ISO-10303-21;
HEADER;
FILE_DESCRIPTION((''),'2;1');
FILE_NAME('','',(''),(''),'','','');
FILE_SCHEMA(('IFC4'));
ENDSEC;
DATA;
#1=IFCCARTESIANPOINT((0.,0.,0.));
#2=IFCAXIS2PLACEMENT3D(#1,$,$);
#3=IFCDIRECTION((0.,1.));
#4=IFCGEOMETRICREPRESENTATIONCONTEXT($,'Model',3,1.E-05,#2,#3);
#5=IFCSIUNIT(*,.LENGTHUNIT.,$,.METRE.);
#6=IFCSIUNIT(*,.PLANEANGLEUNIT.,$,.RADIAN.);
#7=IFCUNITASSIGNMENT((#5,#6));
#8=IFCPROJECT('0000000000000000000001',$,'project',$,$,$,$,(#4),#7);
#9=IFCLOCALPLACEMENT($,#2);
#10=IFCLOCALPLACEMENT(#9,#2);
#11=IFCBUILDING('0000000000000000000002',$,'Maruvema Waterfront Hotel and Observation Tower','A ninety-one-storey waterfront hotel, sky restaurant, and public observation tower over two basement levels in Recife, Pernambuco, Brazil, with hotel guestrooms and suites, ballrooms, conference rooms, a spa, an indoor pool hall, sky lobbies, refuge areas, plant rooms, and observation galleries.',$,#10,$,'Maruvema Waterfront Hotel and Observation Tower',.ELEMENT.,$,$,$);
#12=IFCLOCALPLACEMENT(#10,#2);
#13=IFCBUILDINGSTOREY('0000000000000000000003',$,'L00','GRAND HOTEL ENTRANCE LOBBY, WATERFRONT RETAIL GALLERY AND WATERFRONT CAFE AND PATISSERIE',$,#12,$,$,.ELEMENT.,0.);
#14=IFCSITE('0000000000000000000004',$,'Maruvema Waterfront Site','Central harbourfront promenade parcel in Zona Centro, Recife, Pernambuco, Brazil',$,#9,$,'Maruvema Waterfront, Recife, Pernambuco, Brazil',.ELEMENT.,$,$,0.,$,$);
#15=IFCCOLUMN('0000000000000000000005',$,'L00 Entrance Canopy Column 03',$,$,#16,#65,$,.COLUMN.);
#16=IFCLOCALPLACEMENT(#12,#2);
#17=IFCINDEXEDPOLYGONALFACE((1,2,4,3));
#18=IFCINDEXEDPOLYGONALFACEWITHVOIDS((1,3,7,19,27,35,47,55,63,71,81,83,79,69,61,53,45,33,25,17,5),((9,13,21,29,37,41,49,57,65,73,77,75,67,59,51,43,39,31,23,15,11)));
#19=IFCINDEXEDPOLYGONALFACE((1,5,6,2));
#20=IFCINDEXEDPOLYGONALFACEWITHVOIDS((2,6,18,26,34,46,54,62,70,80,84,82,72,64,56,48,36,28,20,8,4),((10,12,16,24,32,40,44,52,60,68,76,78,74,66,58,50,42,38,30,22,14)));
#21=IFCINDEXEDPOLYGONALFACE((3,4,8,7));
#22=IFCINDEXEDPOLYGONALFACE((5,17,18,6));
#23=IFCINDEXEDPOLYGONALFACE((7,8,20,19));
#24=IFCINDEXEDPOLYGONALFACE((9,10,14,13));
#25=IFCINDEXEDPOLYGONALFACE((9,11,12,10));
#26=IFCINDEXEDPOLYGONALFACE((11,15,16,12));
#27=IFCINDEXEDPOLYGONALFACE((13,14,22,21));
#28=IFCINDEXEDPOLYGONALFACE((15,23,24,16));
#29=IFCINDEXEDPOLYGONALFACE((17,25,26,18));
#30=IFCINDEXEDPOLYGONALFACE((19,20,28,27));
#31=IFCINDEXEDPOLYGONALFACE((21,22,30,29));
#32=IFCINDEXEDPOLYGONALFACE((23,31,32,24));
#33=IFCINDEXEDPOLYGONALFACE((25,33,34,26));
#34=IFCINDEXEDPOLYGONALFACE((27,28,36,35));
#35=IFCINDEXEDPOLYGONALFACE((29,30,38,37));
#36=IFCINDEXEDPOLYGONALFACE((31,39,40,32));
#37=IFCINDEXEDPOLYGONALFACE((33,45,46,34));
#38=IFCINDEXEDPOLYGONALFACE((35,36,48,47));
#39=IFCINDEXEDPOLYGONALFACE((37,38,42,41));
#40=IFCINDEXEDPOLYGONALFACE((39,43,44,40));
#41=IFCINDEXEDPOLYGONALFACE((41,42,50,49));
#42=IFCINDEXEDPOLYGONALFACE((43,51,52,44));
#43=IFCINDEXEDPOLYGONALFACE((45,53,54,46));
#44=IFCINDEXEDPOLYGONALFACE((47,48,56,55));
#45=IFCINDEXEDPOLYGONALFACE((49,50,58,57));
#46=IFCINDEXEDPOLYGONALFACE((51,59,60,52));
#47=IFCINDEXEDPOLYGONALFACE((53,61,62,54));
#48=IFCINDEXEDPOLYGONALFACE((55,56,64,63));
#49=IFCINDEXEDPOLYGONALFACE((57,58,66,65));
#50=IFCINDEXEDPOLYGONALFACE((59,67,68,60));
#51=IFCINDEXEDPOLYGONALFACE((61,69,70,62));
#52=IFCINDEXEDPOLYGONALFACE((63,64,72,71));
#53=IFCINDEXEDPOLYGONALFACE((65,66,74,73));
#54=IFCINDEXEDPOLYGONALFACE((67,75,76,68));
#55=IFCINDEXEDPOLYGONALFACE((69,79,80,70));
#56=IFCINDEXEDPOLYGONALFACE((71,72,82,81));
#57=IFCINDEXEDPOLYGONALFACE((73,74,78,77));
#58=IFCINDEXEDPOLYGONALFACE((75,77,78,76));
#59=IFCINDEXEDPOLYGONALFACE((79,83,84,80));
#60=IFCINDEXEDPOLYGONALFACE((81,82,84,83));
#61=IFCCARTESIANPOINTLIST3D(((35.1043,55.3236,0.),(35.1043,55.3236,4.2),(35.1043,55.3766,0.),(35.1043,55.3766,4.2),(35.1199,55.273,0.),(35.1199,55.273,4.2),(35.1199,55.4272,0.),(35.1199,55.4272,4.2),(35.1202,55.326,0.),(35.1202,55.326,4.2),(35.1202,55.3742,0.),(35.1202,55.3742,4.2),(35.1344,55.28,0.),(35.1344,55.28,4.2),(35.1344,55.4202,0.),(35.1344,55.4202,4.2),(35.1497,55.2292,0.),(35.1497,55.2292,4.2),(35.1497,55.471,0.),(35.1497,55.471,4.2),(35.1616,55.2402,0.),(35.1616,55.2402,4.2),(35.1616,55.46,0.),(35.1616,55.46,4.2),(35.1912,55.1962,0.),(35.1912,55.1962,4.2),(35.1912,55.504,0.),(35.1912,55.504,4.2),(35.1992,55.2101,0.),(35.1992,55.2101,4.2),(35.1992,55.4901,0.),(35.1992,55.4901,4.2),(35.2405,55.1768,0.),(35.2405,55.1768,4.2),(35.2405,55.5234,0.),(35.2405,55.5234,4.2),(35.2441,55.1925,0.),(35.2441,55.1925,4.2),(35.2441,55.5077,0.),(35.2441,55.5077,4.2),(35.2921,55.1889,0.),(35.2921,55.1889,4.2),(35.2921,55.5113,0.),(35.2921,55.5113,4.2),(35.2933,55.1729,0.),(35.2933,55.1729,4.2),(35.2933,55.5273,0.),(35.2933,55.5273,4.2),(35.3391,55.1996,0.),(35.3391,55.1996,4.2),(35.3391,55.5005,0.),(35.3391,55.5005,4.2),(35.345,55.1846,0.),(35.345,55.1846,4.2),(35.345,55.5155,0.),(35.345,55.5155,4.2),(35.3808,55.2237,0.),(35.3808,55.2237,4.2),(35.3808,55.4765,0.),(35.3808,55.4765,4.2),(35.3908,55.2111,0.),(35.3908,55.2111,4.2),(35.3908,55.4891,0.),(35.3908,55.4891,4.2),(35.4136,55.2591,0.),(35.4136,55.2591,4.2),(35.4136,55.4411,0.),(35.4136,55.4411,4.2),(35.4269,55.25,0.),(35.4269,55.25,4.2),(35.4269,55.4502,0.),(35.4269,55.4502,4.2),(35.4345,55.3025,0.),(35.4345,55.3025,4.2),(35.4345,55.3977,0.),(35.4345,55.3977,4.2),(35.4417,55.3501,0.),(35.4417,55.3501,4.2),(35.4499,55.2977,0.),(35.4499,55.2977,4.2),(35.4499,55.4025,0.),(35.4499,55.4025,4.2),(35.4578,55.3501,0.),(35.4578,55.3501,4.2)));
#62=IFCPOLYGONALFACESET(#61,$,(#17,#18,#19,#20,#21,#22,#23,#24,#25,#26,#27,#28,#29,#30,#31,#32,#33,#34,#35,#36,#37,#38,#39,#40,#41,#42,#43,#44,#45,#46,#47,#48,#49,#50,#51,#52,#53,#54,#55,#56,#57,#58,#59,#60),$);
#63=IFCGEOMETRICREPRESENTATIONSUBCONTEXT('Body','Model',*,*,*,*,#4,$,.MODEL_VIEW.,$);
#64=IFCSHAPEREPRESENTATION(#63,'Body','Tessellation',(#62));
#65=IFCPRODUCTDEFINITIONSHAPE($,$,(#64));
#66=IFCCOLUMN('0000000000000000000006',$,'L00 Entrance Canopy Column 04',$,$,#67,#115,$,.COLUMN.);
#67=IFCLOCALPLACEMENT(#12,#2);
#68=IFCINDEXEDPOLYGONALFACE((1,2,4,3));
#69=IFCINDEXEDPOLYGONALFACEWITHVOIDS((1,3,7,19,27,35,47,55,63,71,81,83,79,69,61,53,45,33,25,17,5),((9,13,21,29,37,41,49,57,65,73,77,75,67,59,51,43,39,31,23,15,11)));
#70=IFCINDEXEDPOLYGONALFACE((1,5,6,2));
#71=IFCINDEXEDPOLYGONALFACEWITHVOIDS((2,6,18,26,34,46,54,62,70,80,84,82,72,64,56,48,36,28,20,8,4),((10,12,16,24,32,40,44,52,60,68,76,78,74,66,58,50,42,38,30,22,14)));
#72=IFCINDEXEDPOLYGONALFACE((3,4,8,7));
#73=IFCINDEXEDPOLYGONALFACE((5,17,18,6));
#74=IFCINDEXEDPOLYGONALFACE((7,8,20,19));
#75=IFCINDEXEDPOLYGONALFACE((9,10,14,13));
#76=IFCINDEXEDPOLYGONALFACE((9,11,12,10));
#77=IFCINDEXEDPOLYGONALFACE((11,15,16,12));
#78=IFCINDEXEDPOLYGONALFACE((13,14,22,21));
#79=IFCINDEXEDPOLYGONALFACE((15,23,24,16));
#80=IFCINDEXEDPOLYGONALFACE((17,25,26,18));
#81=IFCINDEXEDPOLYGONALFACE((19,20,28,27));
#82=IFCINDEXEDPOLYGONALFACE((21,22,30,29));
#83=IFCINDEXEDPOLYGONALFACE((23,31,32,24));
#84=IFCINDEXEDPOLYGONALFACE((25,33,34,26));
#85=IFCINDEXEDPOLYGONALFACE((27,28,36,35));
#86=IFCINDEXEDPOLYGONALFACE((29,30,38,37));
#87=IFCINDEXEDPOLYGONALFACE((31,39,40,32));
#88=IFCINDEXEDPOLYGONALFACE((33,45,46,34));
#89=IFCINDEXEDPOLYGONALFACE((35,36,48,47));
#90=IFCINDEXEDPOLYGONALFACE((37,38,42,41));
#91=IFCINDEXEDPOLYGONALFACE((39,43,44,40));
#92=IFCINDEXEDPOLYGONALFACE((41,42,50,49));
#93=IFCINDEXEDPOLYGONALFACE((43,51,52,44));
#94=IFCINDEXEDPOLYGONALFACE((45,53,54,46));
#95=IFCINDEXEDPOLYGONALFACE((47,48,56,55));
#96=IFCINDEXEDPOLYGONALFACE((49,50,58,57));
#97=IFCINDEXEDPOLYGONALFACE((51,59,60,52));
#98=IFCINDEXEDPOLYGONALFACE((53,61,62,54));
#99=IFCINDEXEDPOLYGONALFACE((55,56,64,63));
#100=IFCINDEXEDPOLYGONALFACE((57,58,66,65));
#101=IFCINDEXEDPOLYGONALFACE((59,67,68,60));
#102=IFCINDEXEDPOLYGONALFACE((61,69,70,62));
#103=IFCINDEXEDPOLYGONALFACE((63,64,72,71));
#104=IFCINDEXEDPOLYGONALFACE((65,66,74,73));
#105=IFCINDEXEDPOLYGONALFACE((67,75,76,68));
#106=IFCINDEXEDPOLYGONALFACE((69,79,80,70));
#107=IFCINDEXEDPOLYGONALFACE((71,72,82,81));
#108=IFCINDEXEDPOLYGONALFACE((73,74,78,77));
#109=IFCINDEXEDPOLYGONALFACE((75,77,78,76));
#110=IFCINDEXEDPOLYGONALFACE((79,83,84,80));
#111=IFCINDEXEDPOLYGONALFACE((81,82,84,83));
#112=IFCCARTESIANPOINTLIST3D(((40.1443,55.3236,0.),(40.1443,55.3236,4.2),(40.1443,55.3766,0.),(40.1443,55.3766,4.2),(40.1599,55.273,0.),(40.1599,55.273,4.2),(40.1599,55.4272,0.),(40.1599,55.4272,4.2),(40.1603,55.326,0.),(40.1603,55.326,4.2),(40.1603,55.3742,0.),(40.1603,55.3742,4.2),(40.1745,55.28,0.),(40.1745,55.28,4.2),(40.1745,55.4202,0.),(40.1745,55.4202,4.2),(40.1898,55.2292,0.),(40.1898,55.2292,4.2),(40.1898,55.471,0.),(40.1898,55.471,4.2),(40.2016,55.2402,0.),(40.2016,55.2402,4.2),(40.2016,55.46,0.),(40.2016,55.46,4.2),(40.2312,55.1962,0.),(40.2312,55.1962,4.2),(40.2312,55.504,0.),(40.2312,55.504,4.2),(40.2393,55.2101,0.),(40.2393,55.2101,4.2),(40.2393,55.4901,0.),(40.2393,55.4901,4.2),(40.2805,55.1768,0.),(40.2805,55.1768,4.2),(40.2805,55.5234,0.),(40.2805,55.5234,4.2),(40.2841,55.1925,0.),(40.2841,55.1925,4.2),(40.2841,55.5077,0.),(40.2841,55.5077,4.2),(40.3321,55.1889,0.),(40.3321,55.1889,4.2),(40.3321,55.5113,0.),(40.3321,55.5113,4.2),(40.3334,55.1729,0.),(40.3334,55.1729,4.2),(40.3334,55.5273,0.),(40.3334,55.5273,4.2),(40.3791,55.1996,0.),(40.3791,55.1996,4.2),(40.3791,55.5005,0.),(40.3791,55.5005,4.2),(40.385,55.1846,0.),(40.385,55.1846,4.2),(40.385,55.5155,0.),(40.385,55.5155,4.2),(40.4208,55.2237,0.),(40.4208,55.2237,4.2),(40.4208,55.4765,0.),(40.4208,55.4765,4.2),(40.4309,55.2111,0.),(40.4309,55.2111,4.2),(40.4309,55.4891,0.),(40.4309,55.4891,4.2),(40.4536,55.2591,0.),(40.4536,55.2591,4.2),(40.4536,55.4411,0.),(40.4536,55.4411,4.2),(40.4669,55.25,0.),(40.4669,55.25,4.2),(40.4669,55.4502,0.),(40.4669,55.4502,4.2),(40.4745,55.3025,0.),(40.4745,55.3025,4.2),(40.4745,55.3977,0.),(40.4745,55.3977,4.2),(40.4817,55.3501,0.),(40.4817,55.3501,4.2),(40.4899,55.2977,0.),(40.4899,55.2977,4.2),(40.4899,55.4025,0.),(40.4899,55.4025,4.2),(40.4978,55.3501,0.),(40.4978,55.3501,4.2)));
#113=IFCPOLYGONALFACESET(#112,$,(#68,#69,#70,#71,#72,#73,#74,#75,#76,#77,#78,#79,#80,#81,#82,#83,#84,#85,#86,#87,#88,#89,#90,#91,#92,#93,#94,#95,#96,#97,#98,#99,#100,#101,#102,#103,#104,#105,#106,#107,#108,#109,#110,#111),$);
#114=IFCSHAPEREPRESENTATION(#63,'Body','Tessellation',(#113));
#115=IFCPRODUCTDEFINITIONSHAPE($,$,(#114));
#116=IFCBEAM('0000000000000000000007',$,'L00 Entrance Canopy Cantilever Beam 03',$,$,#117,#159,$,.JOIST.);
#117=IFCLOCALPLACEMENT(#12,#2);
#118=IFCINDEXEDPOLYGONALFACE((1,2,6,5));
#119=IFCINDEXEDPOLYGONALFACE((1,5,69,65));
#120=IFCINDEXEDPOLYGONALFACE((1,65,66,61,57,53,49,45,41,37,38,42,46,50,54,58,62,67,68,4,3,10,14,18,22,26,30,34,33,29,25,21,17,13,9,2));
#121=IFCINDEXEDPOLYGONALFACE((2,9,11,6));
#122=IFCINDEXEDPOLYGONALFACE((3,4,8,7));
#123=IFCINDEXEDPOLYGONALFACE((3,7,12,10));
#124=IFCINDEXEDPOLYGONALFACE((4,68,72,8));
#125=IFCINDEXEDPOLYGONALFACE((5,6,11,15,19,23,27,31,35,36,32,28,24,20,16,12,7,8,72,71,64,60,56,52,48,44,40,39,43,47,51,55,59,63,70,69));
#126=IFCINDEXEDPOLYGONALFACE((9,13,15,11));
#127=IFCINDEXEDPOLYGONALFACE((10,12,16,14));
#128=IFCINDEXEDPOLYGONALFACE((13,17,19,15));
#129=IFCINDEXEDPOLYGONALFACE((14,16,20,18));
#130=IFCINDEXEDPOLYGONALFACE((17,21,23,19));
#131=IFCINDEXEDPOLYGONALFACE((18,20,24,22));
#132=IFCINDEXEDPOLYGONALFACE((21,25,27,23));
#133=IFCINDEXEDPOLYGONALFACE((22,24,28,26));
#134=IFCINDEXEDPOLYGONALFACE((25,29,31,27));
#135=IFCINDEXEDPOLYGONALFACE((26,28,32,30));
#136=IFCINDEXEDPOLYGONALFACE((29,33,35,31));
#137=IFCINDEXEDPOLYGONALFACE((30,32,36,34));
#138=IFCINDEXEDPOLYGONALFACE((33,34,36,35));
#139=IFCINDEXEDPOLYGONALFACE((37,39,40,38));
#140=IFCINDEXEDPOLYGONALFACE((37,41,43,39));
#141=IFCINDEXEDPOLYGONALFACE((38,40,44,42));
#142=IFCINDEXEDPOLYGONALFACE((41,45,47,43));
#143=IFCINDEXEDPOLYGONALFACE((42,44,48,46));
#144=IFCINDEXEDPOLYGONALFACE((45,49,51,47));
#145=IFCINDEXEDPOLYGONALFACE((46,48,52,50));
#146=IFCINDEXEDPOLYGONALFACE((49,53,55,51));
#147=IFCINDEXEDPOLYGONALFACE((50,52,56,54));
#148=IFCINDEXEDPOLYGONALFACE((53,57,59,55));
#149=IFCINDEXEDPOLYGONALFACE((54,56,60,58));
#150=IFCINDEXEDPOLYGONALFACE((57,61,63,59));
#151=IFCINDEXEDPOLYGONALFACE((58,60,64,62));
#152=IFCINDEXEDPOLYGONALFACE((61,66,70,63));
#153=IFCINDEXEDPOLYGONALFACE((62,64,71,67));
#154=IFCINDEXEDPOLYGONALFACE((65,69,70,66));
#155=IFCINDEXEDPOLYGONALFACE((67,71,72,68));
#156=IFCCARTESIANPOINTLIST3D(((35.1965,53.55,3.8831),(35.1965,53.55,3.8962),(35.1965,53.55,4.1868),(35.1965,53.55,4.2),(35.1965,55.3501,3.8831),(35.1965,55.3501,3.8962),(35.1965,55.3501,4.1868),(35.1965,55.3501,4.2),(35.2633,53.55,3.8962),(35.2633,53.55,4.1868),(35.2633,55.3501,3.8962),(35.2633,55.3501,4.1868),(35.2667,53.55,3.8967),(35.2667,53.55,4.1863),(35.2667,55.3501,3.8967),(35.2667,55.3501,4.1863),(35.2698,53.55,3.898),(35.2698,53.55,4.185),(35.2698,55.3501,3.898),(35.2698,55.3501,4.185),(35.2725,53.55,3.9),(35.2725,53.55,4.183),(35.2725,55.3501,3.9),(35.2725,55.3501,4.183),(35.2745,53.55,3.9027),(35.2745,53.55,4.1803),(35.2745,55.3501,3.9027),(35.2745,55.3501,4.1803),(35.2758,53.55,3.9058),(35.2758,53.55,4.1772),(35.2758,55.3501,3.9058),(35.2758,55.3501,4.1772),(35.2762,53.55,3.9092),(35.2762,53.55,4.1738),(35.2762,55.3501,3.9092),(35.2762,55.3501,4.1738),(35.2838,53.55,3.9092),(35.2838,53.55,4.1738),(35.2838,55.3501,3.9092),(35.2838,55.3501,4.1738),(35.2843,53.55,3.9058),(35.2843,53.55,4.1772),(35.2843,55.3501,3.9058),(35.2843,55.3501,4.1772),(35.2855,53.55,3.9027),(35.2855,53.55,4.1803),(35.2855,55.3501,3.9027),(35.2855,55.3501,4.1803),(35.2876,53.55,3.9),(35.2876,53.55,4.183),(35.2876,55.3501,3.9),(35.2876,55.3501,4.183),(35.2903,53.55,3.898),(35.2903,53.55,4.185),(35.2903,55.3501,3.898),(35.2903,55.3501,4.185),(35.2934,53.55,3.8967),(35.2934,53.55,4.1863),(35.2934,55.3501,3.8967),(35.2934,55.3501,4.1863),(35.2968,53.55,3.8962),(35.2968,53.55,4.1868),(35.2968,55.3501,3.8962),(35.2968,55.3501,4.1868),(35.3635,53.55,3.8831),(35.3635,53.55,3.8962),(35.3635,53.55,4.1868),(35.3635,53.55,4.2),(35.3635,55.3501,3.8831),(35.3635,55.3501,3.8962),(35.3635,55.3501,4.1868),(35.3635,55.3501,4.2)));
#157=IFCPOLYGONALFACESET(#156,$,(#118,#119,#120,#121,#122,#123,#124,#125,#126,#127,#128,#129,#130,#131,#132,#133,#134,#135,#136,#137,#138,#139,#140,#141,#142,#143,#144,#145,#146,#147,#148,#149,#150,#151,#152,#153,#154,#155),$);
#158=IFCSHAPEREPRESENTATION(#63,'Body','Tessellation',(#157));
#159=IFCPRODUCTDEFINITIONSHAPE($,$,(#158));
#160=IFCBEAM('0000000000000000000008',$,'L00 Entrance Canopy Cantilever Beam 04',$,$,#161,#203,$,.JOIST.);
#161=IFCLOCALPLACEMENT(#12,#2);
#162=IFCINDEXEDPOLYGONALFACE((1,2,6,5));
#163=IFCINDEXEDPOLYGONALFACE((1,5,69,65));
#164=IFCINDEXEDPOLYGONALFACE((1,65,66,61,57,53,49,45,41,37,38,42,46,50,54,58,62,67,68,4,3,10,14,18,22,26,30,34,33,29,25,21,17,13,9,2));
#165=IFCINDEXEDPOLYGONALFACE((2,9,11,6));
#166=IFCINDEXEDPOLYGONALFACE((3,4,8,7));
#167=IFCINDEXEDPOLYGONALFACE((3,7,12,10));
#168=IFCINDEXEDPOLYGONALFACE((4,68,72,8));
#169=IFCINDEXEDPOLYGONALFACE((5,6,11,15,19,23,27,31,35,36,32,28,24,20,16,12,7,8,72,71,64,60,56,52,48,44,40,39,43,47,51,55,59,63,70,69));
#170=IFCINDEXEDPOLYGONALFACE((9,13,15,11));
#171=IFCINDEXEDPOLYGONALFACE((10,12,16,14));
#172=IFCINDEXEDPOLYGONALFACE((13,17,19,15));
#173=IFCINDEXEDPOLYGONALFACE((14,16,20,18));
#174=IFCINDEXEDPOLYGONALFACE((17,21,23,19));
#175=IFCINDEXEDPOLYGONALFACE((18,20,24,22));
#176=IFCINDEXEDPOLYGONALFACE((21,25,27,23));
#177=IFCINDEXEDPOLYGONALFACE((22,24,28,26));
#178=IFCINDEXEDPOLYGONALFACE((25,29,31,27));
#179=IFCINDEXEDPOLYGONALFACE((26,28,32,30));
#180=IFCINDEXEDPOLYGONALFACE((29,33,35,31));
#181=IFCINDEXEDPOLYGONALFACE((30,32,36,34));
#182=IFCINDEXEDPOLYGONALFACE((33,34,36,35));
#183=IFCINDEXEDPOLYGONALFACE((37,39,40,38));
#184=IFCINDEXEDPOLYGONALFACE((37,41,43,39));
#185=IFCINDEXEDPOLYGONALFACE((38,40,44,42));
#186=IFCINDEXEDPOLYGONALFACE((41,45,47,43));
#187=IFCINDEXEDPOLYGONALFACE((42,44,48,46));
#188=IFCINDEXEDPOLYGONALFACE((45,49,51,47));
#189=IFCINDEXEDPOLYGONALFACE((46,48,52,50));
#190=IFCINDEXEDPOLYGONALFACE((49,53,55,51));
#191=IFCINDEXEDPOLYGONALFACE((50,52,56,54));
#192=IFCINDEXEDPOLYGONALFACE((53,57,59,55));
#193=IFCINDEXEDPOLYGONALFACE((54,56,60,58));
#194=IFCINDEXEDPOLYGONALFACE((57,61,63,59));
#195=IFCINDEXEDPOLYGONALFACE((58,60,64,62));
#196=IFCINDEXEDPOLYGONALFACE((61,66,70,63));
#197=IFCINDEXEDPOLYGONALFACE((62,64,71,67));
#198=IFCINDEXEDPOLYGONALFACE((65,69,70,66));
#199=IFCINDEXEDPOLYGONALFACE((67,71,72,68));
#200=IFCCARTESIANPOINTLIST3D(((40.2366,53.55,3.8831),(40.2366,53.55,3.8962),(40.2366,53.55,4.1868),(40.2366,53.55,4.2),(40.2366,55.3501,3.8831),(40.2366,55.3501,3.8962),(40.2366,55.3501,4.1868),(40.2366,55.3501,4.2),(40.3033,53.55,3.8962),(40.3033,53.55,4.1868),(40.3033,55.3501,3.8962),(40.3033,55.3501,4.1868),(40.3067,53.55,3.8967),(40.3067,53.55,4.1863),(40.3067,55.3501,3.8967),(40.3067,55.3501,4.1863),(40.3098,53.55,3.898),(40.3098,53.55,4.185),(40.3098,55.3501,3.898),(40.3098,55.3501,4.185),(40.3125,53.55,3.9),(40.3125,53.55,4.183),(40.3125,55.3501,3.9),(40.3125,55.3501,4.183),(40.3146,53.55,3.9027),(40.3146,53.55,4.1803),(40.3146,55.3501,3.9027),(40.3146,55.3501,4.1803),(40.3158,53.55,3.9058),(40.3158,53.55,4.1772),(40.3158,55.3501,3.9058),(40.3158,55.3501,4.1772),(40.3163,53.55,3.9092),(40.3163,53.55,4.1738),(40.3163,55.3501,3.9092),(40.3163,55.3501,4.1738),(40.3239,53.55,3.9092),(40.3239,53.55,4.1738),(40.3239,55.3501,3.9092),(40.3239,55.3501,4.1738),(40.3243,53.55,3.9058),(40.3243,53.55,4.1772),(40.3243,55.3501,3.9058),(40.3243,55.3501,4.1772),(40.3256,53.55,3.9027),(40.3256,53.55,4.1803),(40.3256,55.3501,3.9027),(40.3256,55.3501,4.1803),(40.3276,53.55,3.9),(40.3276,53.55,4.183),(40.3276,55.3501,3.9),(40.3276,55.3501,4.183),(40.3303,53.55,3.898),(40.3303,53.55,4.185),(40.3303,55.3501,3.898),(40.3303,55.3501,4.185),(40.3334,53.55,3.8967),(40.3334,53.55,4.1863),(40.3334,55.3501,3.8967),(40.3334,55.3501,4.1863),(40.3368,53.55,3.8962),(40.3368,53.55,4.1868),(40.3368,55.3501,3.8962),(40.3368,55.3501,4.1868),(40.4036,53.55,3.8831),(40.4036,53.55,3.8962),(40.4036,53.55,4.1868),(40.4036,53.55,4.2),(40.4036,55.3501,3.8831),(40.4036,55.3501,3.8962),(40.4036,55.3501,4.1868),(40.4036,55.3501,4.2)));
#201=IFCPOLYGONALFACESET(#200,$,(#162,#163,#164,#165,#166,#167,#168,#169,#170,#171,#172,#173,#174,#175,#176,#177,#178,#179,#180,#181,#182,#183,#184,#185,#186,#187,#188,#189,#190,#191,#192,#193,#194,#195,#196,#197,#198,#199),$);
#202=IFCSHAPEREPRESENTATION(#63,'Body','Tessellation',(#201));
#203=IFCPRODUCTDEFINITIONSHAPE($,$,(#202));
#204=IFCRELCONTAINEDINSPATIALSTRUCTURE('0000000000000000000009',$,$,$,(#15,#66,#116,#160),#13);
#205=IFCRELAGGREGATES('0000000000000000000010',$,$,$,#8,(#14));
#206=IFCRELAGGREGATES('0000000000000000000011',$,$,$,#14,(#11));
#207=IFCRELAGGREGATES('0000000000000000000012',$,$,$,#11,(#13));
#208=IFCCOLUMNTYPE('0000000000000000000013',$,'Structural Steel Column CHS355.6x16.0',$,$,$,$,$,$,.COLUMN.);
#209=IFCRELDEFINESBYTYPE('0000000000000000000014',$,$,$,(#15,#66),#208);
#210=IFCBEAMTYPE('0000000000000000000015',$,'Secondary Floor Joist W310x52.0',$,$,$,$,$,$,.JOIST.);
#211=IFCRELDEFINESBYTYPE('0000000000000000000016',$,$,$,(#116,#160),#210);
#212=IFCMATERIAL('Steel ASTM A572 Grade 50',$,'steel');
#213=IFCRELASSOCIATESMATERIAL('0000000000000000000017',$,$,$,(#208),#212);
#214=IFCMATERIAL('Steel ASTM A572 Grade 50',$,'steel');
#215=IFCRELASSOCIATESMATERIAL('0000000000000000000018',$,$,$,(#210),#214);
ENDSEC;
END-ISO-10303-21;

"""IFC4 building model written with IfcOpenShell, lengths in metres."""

from ifc_helpers import new_model, si_unit, direction, frame, origin, origin_2d, place, context, subcontext, project, spatial, hollow_circle, i_section, extrude, material, material_profile, profile_set, type_object, element, save


model = new_model("IFC4")

# Units and contexts
model_context = context("Model", 3, precision=1e-05, world=origin(), true_north=direction((0.0, 1.0)))
body_context = subcontext(model_context, "Body", "Model", "MODEL_VIEW")
ifc_project = project(units=[si_unit("LENGTHUNIT", "METRE"), si_unit("PLANEANGLEUNIT", "RADIAN")], contexts=[model_context])

# Site, building, storey
site_placement = place(None, origin())
site = spatial("IfcSite", under=ifc_project, at=site_placement, Name="Maruvema Waterfront Site", Description="Central harbourfront promenade parcel in Zona Centro, Recife, Pernambuco, Brazil", LongName="Maruvema Waterfront, Recife, Pernambuco, Brazil", CompositionType="ELEMENT", RefElevation=0.0)
building_placement = place(site_placement, origin())
building = spatial("IfcBuilding", under=site, at=building_placement, Name="Maruvema Waterfront Hotel and Observation Tower", Description="A ninety-one-storey waterfront hotel, sky restaurant, and public observation tower over two basement levels in Recife, Pernambuco, Brazil, with hotel guestrooms and suites, ballrooms, conference rooms, a spa, an indoor pool hall, sky lobbies, refuge areas, plant rooms, and observation galleries.", LongName="Maruvema Waterfront Hotel and Observation Tower", CompositionType="ELEMENT")
storey_placement = place(building_placement, origin())
storey = spatial("IfcBuildingStorey", under=building, at=storey_placement, Name="L00", Description="GRAND HOTEL ENTRANCE LOBBY, WATERFRONT RETAIL GALLERY AND WATERFRONT CAFE AND PATISSERIE", CompositionType="ELEMENT", Elevation=0.0)

# Columns
ifc_material_1 = material(Name="Steel ASTM A572 Grade 50", Category="steel")
ifc_material_profile_1 = material_profile(ifc_material_1, hollow_circle(Radius=0.1777, WallThickness=0.0161, at=origin_2d()), Name="CHS355.6x16.0")
ifc_profile_set_1 = profile_set([ifc_material_profile_1], Name="Steel ASTM A572 Grade 50")
column_type = type_object("IfcColumnType", Name="Structural Steel Column CHS355.6x16.0", PredefinedType="COLUMN", material=ifc_profile_set_1)
for number, where, z_axis, x_axis, name in (
    (1, (35.28, 55.3501, 0.0), (0.0, 0.0, 1.0), (1.0, 0.0, 0.0), "L00 Entrance Canopy Column 03"),
    (2, (40.3201, 55.3501, 0.0), (0.0, 0.0, 1.0), (1.0, 0.0, 0.0), "L00 Entrance Canopy Column 04"),
):
    element("IfcColumn", number, at=place(storey_placement, frame(where, z_axis=z_axis, x_axis=x_axis)), inside=storey, type_object=column_type, Name=name, PredefinedType="COLUMN", context=body_context, shape_type="SweptSolid", body=[
        extrude(hollow_circle(Radius=0.1777, WallThickness=0.0161, at=origin_2d()), origin(), (0.0, 0.0, 1.0), 4.2),
    ])

# Beams
ifc_material_2 = material(Name="Steel ASTM A572 Grade 50", Category="steel")
ifc_material_profile_2 = material_profile(ifc_material_2, i_section(OverallWidth=0.167, OverallDepth=0.3169, WebThickness=0.0076, FlangeThickness=0.0132, FilletRadius=0.0129, at=origin_2d()), Name="W310x52.0")
ifc_profile_set_2 = profile_set([ifc_material_profile_2], Name="Steel ASTM A572 Grade 50")
beam_type_1 = type_object("IfcBeamType", Name="Secondary Floor Joist W310x52.0", PredefinedType="JOIST", material=ifc_profile_set_2)
for number, where, z_axis, x_axis, name in (
    (3, (35.28, 53.55, 4.0415), (0.0, 1.0, 0.0), (-1.0, 0.0, 0.0), "L00 Entrance Canopy Cantilever Beam 03"),
    (4, (40.3201, 53.55, 4.0415), (0.0, 1.0, 0.0), (-1.0, 0.0, 0.0), "L00 Entrance Canopy Cantilever Beam 04"),
):
    element("IfcBeam", number, at=place(storey_placement, frame(where, z_axis=z_axis, x_axis=x_axis)), inside=storey, type_object=beam_type_1, Name=name, PredefinedType="JOIST", context=body_context, shape_type="SweptSolid", body=[
        extrude(i_section(OverallWidth=0.167, OverallDepth=0.3169, WebThickness=0.0076, FlangeThickness=0.0132, FilletRadius=0.0129, at=origin_2d()), origin(), (0.0, 0.0, 1.0), 1.8),
    ])

save(model, "model.ifc")
